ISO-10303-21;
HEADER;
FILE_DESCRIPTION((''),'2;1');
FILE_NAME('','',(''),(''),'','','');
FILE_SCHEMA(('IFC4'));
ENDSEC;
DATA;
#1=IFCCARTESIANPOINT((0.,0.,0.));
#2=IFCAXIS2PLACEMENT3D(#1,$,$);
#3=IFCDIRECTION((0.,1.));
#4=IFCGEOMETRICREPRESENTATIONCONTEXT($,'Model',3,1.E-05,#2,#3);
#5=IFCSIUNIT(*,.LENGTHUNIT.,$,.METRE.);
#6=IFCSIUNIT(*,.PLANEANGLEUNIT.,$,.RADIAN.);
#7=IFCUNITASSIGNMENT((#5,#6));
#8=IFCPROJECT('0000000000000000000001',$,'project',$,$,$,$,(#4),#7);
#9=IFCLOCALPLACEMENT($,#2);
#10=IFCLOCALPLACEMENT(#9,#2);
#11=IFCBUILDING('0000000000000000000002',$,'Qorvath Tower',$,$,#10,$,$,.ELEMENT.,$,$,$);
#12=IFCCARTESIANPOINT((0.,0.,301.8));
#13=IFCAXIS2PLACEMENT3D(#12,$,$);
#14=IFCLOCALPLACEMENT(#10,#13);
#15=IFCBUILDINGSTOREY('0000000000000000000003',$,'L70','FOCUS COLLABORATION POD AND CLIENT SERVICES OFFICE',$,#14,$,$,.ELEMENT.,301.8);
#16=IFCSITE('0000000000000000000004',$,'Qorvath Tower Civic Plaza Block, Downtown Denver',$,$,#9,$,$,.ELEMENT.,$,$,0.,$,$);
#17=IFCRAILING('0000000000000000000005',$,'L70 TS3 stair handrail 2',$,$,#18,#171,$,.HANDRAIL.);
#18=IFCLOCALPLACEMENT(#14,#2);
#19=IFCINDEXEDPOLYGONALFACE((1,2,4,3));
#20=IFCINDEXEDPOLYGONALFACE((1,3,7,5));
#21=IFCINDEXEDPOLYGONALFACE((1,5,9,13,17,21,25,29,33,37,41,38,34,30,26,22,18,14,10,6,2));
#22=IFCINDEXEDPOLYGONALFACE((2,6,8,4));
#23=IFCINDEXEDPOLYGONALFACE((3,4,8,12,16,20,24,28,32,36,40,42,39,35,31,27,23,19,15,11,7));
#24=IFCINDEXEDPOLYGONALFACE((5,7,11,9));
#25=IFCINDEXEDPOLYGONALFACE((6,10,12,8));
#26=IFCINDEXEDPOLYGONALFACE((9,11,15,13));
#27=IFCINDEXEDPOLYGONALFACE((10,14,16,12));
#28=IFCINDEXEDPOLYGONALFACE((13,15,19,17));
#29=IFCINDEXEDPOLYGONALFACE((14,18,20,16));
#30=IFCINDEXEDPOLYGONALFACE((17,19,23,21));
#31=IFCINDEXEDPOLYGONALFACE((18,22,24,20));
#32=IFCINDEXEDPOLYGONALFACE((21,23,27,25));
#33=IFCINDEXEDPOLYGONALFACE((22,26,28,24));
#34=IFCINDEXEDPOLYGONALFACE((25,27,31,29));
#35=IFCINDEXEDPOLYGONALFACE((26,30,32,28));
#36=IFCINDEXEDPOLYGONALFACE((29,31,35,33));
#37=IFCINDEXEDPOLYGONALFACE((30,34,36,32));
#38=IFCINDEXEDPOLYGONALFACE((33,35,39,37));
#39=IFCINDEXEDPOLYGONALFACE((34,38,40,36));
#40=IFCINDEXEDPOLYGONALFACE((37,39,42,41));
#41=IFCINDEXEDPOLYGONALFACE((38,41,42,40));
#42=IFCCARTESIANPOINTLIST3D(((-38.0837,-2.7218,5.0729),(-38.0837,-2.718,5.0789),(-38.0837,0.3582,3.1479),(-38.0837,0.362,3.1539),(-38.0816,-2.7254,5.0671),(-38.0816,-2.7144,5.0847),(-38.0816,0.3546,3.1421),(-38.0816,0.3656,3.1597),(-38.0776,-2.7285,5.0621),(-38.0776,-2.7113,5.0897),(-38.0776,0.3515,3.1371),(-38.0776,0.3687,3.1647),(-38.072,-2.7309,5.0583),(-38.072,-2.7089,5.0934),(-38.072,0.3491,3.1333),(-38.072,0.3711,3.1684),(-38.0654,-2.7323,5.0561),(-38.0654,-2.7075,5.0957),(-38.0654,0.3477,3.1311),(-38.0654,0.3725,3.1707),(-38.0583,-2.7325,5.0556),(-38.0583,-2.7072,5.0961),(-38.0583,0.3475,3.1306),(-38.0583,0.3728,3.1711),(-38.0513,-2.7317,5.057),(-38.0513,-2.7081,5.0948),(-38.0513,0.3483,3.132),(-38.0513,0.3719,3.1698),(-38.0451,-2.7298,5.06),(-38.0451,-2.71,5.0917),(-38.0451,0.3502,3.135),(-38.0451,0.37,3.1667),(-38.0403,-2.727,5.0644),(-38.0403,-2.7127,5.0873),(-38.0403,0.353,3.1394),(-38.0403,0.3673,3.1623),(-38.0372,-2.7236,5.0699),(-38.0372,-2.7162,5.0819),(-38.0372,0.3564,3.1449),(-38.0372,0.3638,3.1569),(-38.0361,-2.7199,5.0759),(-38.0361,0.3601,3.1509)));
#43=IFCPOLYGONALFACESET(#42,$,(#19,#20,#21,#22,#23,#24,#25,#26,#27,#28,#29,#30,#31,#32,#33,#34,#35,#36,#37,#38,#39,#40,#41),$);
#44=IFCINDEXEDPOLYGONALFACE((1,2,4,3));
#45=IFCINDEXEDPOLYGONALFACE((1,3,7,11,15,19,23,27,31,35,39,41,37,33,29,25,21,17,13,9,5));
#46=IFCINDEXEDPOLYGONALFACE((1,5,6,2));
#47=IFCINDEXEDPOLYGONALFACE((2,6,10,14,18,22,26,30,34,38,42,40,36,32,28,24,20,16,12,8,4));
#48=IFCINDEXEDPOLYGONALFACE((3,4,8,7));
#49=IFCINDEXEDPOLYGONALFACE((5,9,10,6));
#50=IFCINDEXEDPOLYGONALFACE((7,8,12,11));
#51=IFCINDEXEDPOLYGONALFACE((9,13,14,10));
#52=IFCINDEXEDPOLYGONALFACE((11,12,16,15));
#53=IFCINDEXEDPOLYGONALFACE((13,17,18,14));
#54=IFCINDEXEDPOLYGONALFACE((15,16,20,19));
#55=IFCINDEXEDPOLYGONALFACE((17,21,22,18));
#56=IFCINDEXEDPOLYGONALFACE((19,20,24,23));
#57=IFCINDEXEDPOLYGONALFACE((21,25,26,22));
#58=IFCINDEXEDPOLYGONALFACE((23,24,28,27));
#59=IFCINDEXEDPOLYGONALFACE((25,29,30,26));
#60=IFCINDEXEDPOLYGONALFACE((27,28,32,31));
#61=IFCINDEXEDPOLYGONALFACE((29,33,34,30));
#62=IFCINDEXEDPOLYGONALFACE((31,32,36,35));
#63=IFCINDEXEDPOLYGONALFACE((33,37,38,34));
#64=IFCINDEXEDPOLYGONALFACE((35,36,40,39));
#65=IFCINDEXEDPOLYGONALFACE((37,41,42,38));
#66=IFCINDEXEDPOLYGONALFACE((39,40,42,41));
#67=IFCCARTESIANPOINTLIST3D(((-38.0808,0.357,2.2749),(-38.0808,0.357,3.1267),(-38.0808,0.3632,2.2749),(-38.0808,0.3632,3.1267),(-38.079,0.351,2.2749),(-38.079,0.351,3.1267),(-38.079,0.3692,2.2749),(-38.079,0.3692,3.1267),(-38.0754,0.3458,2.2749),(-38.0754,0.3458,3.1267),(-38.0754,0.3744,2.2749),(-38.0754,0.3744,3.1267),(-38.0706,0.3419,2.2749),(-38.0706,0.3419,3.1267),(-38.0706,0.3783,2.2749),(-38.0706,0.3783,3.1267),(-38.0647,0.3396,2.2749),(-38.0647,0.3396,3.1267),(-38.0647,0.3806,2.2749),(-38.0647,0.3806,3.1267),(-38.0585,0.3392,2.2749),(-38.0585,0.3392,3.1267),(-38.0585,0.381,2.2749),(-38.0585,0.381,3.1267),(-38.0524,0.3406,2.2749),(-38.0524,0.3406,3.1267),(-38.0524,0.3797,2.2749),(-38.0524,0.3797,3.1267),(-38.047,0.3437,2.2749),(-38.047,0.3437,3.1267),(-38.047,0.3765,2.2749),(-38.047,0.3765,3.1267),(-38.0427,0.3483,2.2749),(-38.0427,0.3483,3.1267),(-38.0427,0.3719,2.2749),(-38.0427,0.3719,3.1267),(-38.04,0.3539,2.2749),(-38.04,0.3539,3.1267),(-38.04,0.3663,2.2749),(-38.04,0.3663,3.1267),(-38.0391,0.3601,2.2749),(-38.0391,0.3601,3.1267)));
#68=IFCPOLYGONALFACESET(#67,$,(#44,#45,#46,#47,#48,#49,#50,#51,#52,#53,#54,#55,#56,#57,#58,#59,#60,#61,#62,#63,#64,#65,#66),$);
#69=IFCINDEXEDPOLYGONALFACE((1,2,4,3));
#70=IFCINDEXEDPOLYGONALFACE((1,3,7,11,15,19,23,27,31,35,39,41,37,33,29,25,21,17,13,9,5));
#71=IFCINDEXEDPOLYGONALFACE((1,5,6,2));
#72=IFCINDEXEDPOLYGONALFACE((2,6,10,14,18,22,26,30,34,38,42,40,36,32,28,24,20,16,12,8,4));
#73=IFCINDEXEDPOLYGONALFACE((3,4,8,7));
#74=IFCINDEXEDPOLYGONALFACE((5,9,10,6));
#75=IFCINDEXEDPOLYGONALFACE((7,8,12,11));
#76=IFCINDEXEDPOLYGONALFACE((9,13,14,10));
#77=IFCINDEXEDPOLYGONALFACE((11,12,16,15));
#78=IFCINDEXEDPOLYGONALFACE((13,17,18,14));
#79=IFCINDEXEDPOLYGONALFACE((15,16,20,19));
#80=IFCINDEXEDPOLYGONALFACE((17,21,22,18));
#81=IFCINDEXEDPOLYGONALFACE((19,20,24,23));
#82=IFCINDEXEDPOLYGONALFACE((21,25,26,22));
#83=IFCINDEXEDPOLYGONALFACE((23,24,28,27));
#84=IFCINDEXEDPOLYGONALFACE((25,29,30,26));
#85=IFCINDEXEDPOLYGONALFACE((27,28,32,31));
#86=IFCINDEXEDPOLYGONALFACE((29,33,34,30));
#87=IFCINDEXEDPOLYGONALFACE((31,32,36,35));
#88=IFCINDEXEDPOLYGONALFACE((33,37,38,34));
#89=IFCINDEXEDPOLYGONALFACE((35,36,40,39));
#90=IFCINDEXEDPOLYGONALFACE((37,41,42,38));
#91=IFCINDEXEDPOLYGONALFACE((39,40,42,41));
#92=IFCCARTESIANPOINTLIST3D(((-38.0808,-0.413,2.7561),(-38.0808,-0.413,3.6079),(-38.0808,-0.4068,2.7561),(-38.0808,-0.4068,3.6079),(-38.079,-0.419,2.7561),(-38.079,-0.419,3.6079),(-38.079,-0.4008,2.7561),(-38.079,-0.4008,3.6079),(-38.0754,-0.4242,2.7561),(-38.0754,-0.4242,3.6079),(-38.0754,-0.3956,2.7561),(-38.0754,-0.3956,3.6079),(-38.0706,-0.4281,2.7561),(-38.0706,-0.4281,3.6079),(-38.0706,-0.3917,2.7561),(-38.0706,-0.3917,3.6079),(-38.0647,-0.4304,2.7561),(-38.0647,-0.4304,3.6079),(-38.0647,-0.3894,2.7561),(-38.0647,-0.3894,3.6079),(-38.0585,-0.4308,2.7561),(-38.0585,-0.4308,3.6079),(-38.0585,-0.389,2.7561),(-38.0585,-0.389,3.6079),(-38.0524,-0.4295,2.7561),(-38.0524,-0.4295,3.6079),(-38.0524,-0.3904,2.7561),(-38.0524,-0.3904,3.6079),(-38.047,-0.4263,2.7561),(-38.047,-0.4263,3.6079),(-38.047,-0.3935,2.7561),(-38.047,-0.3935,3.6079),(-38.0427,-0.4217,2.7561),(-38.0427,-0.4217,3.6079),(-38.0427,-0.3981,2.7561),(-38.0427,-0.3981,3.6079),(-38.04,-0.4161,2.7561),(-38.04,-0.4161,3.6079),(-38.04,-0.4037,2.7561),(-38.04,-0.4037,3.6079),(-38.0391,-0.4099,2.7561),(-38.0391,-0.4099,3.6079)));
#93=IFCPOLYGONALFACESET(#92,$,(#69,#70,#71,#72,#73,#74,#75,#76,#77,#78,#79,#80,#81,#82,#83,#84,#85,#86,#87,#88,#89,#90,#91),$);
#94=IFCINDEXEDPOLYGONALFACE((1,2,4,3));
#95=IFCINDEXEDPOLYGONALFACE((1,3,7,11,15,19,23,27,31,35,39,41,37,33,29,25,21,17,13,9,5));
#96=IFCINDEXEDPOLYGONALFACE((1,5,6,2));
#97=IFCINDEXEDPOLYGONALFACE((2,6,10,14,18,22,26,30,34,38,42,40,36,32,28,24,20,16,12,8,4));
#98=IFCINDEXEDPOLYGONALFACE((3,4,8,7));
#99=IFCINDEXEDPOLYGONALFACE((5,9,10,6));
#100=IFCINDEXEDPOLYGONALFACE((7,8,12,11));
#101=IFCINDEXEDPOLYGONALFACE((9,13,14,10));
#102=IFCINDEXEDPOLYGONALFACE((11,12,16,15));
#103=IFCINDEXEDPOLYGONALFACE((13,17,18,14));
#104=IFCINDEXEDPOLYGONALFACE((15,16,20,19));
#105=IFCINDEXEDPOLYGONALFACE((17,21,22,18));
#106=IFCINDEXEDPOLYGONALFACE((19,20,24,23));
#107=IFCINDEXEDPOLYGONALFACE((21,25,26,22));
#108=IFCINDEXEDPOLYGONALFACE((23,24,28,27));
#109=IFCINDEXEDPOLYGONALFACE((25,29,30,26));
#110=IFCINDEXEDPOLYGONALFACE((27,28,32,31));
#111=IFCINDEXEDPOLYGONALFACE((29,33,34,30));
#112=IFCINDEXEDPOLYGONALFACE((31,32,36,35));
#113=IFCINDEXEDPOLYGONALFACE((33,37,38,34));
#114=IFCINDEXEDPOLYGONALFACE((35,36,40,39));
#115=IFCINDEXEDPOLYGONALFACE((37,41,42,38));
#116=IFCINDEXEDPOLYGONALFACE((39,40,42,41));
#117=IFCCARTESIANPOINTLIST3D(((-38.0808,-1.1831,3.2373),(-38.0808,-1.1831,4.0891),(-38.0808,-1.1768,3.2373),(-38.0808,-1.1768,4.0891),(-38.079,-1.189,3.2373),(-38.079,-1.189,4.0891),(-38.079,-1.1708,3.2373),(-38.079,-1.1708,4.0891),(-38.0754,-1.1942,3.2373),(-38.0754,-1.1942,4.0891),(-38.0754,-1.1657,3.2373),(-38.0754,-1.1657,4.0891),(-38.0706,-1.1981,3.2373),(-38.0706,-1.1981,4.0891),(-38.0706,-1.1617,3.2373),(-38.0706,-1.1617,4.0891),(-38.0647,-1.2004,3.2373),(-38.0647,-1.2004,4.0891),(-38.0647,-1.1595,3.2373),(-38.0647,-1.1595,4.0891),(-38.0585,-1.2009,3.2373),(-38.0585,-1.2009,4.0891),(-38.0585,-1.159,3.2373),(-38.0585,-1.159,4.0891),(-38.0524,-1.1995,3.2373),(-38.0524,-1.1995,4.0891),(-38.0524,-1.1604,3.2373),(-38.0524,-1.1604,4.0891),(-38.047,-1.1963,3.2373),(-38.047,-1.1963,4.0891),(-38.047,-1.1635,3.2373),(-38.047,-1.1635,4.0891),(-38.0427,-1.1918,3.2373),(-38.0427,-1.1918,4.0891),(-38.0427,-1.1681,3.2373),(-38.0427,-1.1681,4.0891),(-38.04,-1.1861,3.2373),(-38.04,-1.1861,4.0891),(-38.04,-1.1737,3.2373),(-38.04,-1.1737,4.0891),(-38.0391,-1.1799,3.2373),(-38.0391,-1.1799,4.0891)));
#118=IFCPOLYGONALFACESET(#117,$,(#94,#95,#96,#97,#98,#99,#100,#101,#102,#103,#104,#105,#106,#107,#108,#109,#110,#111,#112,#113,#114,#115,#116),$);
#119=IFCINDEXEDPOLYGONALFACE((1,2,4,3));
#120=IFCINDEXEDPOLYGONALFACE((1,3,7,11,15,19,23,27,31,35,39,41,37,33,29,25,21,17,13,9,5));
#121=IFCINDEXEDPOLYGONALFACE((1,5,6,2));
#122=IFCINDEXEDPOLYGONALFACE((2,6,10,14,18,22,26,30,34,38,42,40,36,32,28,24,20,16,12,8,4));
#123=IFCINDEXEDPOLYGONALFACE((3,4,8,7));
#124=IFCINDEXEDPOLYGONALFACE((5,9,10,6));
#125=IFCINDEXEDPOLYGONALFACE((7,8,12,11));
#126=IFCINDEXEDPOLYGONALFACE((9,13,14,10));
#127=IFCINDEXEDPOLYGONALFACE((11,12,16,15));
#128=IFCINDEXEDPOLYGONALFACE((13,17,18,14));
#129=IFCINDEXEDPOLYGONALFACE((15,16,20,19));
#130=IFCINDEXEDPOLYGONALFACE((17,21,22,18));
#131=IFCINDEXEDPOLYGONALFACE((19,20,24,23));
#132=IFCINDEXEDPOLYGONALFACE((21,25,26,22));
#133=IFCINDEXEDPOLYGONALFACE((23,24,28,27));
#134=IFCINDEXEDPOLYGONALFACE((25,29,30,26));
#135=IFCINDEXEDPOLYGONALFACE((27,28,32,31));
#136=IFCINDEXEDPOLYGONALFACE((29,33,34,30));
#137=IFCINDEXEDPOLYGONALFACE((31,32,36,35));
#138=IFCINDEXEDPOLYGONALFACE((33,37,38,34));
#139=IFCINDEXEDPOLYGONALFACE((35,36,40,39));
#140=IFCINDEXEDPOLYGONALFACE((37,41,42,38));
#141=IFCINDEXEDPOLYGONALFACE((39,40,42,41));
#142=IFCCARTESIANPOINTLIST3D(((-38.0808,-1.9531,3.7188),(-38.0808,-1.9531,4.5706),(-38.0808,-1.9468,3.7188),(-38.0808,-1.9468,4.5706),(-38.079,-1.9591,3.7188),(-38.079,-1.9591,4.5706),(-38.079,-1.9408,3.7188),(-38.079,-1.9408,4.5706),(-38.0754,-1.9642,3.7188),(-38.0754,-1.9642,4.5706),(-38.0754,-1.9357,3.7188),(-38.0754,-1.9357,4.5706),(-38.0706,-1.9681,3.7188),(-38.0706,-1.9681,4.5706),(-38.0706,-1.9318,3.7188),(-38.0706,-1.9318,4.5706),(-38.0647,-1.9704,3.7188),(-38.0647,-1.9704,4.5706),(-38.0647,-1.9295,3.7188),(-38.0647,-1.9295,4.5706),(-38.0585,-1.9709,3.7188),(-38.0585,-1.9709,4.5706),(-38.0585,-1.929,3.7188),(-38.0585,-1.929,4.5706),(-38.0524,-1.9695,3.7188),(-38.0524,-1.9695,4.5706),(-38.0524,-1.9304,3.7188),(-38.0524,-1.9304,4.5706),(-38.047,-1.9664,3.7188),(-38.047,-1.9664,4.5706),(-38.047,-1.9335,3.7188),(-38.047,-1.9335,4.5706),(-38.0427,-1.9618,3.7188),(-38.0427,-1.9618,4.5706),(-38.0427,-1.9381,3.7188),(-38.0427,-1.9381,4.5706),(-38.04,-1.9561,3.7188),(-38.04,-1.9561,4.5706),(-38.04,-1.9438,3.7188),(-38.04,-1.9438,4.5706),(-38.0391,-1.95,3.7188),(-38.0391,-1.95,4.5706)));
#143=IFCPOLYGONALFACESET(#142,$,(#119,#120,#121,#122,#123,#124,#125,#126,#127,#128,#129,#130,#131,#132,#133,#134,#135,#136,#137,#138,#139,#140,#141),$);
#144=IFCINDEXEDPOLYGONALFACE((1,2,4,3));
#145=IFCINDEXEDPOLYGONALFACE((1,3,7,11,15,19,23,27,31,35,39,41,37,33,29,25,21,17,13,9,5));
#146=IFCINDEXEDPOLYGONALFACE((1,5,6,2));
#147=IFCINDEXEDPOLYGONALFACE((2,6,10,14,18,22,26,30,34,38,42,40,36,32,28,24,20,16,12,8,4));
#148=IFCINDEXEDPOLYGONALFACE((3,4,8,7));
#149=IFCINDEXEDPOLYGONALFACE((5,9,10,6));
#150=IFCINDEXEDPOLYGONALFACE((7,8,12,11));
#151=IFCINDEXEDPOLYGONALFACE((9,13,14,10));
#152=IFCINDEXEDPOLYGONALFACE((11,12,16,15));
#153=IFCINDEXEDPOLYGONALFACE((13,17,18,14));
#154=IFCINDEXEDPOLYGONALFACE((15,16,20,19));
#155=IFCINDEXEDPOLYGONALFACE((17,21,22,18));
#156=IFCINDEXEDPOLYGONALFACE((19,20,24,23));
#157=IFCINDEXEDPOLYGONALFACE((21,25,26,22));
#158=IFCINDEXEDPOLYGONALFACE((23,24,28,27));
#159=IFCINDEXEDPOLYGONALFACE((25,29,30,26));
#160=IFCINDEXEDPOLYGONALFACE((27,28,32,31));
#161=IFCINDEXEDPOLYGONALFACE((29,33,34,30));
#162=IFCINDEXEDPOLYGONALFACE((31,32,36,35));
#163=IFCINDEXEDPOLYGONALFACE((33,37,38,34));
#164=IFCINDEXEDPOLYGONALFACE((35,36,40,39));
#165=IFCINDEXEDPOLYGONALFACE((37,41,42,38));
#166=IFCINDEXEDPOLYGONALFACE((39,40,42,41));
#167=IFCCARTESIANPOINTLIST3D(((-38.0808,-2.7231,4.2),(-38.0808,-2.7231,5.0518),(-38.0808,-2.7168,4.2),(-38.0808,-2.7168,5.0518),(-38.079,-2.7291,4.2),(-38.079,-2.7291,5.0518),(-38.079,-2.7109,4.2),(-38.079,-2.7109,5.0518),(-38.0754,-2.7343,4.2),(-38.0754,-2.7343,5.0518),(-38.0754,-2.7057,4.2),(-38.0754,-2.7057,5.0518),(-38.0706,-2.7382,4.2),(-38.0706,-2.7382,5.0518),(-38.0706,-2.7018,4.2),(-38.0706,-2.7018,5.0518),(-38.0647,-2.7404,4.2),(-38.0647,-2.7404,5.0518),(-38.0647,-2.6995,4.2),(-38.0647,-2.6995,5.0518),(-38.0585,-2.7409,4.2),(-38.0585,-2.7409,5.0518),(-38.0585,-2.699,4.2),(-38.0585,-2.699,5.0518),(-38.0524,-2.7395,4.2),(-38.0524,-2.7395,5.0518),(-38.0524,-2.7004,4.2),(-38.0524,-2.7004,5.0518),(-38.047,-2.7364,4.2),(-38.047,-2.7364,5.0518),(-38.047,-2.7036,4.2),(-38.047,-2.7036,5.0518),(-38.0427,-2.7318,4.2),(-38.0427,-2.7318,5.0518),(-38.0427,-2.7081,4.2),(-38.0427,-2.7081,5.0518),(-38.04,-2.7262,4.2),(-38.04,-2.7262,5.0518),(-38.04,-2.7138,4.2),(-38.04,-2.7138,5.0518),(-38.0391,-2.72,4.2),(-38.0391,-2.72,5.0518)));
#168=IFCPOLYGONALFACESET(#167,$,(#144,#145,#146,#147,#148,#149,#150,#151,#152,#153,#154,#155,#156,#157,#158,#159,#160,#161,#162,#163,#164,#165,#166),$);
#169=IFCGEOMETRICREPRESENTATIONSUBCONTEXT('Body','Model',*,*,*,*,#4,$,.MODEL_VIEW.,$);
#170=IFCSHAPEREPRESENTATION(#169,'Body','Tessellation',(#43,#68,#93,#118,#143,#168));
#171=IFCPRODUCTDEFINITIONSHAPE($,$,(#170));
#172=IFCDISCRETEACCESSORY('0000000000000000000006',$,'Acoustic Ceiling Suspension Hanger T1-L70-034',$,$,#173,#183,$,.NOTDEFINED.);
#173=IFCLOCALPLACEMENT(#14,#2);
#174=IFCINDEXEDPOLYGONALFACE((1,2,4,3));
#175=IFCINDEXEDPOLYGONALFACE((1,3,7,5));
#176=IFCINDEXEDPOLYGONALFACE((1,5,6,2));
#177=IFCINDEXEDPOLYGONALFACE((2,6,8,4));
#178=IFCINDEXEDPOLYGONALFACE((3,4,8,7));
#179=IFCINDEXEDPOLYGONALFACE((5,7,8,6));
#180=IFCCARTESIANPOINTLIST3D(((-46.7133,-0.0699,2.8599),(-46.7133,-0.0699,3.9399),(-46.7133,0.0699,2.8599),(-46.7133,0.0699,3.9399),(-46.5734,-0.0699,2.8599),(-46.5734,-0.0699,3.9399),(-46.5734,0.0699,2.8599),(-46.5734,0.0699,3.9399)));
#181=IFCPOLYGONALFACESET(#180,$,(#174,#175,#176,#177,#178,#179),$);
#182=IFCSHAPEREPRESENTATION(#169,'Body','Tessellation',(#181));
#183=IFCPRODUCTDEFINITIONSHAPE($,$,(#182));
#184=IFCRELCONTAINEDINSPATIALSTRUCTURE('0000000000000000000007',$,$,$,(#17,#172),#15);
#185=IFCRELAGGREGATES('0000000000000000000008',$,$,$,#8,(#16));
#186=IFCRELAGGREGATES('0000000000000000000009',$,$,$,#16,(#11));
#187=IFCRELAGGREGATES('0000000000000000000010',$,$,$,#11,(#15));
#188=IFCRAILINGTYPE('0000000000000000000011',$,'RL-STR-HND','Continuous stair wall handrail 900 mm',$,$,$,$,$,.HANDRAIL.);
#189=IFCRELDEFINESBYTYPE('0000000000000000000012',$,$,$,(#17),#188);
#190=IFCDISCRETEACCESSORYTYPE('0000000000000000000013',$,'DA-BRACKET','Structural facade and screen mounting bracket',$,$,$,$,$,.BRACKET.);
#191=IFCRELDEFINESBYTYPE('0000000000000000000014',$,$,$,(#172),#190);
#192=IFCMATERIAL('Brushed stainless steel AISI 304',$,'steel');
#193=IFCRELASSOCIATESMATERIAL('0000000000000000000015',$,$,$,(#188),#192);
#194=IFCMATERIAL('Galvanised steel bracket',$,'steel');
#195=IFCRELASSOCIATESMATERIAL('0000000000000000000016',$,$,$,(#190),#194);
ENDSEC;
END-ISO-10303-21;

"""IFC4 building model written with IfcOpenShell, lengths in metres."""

from ifc_helpers import new_model, si_unit, direction, frame, origin, origin_2d, place, context, subcontext, project, spatial, rectangle, circle, extrude, material, type_object, element, save


model = new_model("IFC4")

# Units and contexts
model_context = context("Model", 3, precision=1e-05, world=origin(), true_north=direction((0.0, 1.0)))
body_context = subcontext(model_context, "Body", "Model", "MODEL_VIEW")
ifc_project = project(units=[si_unit("LENGTHUNIT", "METRE"), si_unit("PLANEANGLEUNIT", "RADIAN")], contexts=[model_context])

# Site, building, storey
site_placement = place(None, origin())
site = spatial("IfcSite", under=ifc_project, at=site_placement, Name="Qorvath Tower Civic Plaza Block, Downtown Denver", CompositionType="ELEMENT", RefElevation=0.0)
building_placement = place(site_placement, origin())
building = spatial("IfcBuilding", under=site, at=building_placement, Name="Qorvath Tower", CompositionType="ELEMENT")
storey_placement = place(building_placement, frame((0.0, 0.0, 301.8)))
storey = spatial("IfcBuildingStorey", under=building, at=storey_placement, Name="L70", Description="FOCUS COLLABORATION POD AND CLIENT SERVICES OFFICE", CompositionType="ELEMENT", Elevation=301.8)

# Railing
ifc_material_1 = material(Name="Brushed stainless steel AISI 304", Category="steel")
railing_type_1 = type_object("IfcRailingType", Name="RL-STR-HND", Description="Continuous stair wall handrail 900 mm", PredefinedType="HANDRAIL", material=ifc_material_1)
railing_1_placement = place(storey_placement, frame((-38.0601, 0.3601, 2.2749)))
element("IfcRailing", 1, at=railing_1_placement, inside=storey, type_object=railing_type_1, Name="L70 TS3 stair handrail 2", PredefinedType="HANDRAIL", context=body_context, shape_type="SweptSolid", body=[
    extrude(circle(Radius=0.0239, at=origin_2d()), frame((0.0, 0.0, 0.876), z_axis=(0.0, -0.847998, 0.529999), x_axis=(1.0, 0.0, 0.0)), (0.0, 0.0, 1.0), 3.6321),
    extrude(circle(Radius=0.021, at=origin_2d()), origin(), (0.0, 0.0, 1.0), 0.8518),
    extrude(circle(Radius=0.021, at=origin_2d()), frame((0.0, -0.77, 0.4812)), (0.0, 0.0, 1.0), 0.8518),
    extrude(circle(Radius=0.021, at=origin_2d()), frame((0.0, -1.54, 0.9624)), (0.0, 0.0, 1.0), 0.8518),
    extrude(circle(Radius=0.021, at=origin_2d()), frame((0.0, -2.3101, 1.4438)), (0.0, 0.0, 1.0), 0.8518),
    extrude(circle(Radius=0.021, at=origin_2d()), frame((0.0, -3.0801, 1.925)), (0.0, 0.0, 1.0), 0.8518),
])

# Discrete accessory
ifc_material_2 = material(Name="Galvanised steel bracket", Category="steel")
discrete_accessory_type = type_object("IfcDiscreteAccessoryType", Name="DA-BRACKET", Description="Structural facade and screen mounting bracket", PredefinedType="BRACKET", material=ifc_material_2)
discrete_accessory_placement = place(storey_placement, frame((-46.6433, 0.0, 2.8599), z_axis=(0.0, 0.0, 1.0), x_axis=(1.0, 0.0, 0.0)))
element("IfcDiscreteAccessory", 2, at=discrete_accessory_placement, inside=storey, type_object=discrete_accessory_type, Name="Acoustic Ceiling Suspension Hanger T1-L70-034", PredefinedType="NOTDEFINED", context=body_context, shape_type="SweptSolid", body=[
    extrude(rectangle(XDim=0.1399, YDim=0.1399, at=origin_2d()), origin(), (0.0, 0.0, 1.0), 1.0801),
])

save(model, "model.ifc")
